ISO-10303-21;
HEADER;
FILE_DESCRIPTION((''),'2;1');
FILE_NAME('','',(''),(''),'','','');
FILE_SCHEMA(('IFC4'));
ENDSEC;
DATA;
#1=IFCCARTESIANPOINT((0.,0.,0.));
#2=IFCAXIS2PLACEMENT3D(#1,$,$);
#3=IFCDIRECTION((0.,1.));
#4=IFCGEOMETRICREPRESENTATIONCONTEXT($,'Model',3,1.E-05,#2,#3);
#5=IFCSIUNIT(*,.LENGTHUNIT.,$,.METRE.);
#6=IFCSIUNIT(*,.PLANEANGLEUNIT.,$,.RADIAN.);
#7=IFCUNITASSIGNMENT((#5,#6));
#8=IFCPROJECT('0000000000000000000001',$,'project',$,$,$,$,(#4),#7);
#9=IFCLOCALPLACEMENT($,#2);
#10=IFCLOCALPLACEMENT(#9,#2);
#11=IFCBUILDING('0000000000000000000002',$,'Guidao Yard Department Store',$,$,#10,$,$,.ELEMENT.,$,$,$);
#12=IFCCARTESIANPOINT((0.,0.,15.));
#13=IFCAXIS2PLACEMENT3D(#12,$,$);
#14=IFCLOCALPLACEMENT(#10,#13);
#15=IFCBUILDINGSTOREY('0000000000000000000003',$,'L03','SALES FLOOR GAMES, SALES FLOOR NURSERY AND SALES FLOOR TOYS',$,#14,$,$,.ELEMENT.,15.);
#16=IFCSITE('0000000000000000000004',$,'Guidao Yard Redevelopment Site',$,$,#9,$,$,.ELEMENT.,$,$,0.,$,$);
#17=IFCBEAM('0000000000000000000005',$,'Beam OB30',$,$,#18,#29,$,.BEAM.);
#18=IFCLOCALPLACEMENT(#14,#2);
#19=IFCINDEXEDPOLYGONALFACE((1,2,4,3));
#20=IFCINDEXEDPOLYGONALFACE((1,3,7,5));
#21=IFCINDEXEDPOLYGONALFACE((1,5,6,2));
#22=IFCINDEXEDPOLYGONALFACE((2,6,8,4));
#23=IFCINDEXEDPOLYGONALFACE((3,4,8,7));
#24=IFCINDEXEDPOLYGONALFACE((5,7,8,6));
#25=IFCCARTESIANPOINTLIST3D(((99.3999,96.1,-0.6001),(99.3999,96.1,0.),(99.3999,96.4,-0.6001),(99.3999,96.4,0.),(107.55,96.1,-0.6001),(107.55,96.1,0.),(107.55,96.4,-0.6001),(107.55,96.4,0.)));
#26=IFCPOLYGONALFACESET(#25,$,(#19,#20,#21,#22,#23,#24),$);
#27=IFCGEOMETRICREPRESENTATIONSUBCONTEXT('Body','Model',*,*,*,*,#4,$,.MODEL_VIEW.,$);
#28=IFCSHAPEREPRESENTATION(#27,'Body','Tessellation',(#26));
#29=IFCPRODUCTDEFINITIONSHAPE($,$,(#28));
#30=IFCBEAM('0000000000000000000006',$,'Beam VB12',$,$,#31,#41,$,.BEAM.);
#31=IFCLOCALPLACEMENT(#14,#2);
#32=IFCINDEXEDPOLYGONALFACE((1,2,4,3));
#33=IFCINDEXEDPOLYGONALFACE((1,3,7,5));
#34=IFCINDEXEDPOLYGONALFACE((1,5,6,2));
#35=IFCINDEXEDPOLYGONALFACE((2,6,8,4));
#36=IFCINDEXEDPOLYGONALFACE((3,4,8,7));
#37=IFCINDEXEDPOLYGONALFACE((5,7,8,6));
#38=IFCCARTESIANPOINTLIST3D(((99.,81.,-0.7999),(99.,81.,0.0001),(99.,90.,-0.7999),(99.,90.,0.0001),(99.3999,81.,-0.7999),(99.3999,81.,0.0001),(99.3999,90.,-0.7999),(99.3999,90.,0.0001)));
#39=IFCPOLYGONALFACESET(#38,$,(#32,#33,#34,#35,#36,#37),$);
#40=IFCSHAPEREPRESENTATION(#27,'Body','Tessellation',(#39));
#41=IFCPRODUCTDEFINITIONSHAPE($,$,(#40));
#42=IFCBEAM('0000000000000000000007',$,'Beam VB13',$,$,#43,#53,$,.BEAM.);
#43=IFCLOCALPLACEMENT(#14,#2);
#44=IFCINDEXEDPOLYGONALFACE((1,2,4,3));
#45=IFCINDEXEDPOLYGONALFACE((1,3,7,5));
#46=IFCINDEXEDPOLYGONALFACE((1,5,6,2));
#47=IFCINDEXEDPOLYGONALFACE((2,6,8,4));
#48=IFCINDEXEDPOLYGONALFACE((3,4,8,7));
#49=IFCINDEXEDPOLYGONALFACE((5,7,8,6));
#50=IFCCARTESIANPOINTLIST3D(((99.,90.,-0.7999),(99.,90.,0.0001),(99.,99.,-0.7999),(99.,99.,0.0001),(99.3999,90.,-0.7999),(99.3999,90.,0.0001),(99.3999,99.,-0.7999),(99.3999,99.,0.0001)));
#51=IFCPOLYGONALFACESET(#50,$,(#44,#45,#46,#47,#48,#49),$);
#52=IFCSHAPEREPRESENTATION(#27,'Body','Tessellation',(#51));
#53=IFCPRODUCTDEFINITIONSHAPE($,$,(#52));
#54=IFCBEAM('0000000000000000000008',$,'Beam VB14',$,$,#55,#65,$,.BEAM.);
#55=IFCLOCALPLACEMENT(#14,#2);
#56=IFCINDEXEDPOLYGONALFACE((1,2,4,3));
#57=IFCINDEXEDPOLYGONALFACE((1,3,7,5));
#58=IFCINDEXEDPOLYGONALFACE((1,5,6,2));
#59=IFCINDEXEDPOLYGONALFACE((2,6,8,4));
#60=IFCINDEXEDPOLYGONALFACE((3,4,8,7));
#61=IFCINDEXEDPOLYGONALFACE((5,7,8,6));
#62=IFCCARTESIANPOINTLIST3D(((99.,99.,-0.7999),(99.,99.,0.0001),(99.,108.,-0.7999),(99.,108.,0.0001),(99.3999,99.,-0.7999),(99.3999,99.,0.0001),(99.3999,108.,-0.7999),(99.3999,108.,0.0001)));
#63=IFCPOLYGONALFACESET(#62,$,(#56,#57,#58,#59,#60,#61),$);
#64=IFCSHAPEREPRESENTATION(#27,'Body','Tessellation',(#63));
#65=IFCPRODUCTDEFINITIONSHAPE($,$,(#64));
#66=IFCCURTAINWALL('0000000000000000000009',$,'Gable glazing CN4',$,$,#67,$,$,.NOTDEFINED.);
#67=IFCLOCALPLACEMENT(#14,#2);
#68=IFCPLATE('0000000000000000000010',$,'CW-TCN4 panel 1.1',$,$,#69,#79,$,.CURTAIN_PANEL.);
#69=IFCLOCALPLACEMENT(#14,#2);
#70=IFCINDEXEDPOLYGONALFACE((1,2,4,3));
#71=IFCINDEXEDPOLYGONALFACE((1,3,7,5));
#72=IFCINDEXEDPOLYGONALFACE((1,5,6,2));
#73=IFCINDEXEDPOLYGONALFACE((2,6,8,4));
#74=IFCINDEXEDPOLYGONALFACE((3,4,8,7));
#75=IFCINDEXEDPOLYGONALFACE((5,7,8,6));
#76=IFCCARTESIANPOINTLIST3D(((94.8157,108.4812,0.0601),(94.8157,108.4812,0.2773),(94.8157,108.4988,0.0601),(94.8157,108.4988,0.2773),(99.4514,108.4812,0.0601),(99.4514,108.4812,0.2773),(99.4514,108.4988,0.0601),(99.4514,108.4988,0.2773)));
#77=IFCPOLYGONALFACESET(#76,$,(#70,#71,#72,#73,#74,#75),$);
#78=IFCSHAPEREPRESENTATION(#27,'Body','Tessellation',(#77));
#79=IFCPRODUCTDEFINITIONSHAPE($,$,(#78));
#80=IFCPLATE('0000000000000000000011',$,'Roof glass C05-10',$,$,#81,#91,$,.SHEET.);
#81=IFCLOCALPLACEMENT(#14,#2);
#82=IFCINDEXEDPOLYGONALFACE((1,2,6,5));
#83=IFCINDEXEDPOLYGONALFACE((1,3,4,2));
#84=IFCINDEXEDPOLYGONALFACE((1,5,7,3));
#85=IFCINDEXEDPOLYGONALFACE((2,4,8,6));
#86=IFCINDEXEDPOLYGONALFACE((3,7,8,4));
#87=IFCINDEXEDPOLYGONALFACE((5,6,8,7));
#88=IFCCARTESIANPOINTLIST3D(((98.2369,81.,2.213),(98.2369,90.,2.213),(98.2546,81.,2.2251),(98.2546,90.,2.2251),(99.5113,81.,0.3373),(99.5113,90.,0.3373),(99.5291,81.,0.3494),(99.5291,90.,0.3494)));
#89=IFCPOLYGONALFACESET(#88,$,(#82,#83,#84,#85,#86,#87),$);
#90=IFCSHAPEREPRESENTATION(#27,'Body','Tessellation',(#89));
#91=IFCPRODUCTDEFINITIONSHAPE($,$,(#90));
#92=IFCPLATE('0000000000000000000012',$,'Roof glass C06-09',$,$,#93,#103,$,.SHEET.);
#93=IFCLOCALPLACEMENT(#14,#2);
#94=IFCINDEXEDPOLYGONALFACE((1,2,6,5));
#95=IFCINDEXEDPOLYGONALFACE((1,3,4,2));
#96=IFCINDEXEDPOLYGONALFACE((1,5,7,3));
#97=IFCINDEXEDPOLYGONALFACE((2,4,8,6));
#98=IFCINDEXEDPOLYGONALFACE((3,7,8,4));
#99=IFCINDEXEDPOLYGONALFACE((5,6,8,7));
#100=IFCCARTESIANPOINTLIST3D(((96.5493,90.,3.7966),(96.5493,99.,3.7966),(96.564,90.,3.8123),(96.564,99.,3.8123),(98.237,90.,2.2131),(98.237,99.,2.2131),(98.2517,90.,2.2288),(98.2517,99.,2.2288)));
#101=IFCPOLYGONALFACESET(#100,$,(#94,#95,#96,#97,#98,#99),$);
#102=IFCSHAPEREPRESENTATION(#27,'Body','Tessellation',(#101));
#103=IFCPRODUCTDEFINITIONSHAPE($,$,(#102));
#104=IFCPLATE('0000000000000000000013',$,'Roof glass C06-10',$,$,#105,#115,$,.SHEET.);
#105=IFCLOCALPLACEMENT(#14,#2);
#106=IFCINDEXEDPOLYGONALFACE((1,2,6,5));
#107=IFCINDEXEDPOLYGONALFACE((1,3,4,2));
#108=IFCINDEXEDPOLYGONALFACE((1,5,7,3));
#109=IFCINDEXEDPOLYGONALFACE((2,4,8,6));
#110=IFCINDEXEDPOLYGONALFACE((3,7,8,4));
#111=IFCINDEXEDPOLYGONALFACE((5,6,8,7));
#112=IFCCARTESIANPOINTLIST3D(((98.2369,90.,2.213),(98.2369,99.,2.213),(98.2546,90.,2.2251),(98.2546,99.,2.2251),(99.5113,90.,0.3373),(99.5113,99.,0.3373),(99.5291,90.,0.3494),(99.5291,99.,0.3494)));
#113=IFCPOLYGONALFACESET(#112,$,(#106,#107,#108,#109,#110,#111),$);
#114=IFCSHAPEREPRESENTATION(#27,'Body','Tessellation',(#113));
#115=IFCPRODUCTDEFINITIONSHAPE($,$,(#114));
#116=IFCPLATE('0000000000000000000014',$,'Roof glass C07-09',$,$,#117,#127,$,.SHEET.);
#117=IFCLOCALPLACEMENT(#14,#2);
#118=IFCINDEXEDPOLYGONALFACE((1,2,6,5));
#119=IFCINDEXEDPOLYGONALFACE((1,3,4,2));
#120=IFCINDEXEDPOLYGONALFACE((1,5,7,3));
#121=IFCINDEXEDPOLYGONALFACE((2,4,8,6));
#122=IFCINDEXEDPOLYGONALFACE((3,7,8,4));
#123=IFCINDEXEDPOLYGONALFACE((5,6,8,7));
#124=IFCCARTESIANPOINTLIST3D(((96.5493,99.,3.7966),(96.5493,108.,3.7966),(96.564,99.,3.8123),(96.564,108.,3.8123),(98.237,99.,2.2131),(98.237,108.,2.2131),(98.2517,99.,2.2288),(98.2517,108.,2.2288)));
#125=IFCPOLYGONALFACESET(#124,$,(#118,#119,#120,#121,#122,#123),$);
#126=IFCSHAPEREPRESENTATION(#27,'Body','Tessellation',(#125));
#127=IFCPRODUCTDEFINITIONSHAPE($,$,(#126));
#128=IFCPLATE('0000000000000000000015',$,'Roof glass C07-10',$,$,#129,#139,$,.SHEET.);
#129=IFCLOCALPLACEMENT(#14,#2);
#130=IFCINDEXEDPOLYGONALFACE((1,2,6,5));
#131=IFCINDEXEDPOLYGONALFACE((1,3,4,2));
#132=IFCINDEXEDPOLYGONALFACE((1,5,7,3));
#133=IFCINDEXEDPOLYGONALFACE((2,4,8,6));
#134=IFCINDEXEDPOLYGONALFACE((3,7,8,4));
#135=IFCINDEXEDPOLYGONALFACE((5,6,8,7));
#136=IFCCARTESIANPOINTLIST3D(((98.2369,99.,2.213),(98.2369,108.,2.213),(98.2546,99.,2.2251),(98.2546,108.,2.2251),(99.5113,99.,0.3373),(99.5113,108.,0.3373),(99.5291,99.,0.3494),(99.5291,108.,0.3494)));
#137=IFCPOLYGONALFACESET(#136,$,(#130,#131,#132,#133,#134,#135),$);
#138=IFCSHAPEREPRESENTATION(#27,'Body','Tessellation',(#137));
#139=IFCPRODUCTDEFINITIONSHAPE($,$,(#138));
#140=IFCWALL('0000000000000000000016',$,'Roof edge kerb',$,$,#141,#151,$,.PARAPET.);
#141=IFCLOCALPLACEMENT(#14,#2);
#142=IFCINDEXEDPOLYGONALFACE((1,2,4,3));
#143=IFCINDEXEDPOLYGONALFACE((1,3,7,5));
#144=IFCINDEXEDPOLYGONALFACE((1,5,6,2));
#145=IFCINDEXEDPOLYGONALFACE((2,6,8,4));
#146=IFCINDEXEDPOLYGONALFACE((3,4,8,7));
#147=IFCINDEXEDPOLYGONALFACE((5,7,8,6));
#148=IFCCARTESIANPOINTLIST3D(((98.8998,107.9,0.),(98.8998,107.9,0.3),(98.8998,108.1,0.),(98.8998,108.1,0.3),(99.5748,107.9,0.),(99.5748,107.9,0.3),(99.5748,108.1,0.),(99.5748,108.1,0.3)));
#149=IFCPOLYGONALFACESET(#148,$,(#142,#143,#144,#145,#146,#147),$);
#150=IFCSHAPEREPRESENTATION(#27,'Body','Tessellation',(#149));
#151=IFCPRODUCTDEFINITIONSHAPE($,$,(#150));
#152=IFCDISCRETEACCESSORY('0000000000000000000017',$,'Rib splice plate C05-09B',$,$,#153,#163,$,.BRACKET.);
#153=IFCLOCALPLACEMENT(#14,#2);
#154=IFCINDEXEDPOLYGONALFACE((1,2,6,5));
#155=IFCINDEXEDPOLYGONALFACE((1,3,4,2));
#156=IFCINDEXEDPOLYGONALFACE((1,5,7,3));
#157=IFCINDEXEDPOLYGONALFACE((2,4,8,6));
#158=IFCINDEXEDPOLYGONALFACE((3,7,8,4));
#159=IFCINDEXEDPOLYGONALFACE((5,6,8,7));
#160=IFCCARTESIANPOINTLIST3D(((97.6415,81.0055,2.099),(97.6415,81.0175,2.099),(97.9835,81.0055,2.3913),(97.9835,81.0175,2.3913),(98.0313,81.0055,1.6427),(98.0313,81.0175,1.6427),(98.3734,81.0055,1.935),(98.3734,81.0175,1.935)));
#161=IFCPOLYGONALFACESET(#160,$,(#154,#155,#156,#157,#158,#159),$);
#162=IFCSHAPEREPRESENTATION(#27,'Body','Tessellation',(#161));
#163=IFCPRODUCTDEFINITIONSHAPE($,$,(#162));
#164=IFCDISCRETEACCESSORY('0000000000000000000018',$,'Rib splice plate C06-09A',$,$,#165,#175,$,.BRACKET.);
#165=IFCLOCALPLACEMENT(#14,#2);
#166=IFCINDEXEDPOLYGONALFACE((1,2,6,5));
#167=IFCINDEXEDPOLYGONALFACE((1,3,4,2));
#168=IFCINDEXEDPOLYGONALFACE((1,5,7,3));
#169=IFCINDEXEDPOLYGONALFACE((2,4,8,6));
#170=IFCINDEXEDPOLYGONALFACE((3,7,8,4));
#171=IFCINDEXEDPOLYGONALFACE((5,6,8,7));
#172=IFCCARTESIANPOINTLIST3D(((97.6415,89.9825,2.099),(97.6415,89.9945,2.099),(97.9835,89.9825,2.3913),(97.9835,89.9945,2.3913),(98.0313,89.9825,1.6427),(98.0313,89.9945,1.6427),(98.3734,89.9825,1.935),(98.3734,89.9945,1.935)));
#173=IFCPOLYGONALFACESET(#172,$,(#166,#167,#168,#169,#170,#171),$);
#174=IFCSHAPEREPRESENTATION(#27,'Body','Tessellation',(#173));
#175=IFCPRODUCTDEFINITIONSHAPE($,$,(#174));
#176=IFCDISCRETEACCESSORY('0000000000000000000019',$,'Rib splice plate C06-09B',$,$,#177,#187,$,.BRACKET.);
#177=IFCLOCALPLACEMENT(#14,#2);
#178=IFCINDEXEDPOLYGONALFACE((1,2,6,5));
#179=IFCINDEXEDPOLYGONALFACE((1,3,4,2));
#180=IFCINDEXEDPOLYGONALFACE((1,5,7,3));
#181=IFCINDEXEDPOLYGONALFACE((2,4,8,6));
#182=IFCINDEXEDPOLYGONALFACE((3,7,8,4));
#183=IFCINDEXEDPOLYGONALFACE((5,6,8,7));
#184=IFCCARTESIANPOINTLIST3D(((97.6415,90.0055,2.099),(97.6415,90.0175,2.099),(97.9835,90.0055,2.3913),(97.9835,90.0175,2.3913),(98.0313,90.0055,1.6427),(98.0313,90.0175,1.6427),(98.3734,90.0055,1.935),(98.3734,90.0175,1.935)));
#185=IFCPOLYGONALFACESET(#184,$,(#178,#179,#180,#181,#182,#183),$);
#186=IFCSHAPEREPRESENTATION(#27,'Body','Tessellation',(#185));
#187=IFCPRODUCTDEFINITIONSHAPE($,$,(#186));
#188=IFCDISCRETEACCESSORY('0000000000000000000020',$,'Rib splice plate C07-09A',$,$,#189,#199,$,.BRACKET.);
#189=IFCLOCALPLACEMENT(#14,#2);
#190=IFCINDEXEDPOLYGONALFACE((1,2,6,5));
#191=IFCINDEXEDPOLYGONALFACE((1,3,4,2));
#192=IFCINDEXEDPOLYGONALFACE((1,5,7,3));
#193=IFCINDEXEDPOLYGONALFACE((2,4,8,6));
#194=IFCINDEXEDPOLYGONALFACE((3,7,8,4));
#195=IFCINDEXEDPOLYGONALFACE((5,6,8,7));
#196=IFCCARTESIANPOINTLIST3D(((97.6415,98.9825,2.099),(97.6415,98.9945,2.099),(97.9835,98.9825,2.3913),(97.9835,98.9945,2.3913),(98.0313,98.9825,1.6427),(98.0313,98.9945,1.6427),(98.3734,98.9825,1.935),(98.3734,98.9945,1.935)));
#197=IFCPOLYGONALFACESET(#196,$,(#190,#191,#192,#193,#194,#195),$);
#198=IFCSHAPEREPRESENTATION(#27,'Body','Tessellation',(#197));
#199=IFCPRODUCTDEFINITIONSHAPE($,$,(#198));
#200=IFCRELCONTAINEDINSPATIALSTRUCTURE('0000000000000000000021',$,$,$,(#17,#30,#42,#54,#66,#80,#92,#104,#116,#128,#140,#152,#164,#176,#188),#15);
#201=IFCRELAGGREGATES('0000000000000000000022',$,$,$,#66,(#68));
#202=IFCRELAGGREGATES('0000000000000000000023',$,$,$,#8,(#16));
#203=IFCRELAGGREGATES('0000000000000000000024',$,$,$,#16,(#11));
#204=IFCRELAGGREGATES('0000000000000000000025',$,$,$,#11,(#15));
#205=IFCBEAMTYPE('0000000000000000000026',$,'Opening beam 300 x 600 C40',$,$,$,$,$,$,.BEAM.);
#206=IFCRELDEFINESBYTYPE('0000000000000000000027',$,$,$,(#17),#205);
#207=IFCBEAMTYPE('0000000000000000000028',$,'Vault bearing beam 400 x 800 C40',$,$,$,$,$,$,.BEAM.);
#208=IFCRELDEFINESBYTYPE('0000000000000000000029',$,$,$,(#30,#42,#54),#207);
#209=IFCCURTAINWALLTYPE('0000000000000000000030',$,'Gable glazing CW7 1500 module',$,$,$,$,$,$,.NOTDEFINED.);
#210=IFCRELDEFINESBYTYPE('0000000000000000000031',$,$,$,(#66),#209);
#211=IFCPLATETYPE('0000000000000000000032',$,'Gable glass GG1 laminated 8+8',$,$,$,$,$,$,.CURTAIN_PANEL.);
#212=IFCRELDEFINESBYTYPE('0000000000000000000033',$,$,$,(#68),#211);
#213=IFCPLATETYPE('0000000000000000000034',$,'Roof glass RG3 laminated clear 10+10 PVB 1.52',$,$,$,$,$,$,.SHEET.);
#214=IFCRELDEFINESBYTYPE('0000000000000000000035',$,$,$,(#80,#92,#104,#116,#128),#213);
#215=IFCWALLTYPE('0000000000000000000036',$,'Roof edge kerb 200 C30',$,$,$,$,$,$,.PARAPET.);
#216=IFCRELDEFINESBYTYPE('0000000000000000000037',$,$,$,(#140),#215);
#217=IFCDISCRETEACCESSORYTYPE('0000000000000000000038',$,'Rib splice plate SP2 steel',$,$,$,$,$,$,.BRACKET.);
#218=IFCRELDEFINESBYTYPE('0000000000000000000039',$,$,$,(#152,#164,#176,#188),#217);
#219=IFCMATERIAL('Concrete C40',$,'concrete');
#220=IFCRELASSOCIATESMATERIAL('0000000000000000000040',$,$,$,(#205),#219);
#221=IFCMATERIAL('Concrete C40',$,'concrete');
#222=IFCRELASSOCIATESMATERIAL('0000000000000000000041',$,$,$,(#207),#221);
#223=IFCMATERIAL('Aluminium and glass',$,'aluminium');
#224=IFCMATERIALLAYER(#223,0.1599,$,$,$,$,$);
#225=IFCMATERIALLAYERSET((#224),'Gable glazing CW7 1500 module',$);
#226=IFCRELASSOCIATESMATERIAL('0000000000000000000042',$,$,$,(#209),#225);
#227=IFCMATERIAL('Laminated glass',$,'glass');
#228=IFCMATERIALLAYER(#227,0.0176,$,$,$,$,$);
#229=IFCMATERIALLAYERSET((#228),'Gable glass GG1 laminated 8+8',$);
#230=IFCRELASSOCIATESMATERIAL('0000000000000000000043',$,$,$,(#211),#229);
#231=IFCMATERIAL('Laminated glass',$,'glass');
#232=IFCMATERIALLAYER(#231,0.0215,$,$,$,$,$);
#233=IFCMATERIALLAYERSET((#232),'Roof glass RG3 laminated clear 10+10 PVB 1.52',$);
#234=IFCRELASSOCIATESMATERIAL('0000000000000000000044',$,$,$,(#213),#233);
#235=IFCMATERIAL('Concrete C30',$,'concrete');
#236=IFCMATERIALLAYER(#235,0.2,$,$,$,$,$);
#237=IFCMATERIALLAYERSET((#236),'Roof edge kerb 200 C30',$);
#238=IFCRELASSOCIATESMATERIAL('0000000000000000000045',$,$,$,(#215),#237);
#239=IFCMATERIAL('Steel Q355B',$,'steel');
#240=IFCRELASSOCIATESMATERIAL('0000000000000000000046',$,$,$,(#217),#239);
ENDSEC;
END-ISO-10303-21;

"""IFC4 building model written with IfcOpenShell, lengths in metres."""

from ifc_helpers import new_model, si_unit, direction, frame, frame_2d, origin, origin_2d, place, context, subcontext, project, spatial, polyline, rectangle, outline, extrude, material, layer, layer_set, material_profile, profile_set, type_object, element, aggregate, save


model = new_model("IFC4")

# Units and contexts
model_context = context("Model", 3, precision=1e-05, world=origin(), true_north=direction((0.0, 1.0)))
body_context = subcontext(model_context, "Body", "Model", "MODEL_VIEW")
ifc_project = project(units=[si_unit("LENGTHUNIT", "METRE"), si_unit("PLANEANGLEUNIT", "RADIAN")], contexts=[model_context])

# Site, building, storey
site_placement = place(None, origin())
site = spatial("IfcSite", under=ifc_project, at=site_placement, Name="Guidao Yard Redevelopment Site", CompositionType="ELEMENT", RefElevation=0.0)
building_placement = place(site_placement, origin())
building = spatial("IfcBuilding", under=site, at=building_placement, Name="Guidao Yard Department Store", CompositionType="ELEMENT")
storey_placement = place(building_placement, frame((0.0, 0.0, 15.0)))
storey = spatial("IfcBuildingStorey", under=building, at=storey_placement, Name="L03", Description="SALES FLOOR GAMES, SALES FLOOR NURSERY AND SALES FLOOR TOYS", CompositionType="ELEMENT", Elevation=15.0)

# Beams
ifc_material_1 = material(Name="Concrete C40", Category="concrete")
ifc_material_profile_1 = material_profile(ifc_material_1, rectangle(XDim=0.3, YDim=0.6001, at=origin_2d()), Name="Opening beam 300 x 600 C40")
ifc_profile_set_1 = profile_set([ifc_material_profile_1], Name="Concrete C40")
beam_type_1 = type_object("IfcBeamType", Name="Opening beam 300 x 600 C40", PredefinedType="BEAM", material=ifc_profile_set_1)
for number, where, z_axis, x_axis, name in (
    (1, (99.3999, 96.25, -0.3), (1.0, 0.0, 0.0), (0.0, 1.0, 0.0), "Beam OB30"),
):
    element("IfcBeam", number, at=place(storey_placement, frame(where, z_axis=z_axis, x_axis=x_axis)), inside=storey, type_object=beam_type_1, Name=name, PredefinedType="BEAM", context=body_context, shape_type="SweptSolid", body=[
        extrude(rectangle(XDim=0.3, YDim=0.6001, at=origin_2d()), origin(), (0.0, 0.0, 1.0), 8.1501),
    ])
ifc_material_2 = material(Name="Concrete C40", Category="concrete")
ifc_material_profile_2 = material_profile(ifc_material_2, rectangle(XDim=0.3999, YDim=0.8, at=origin_2d()), Name="Vault bearing beam 400 x 800 C40")
ifc_profile_set_2 = profile_set([ifc_material_profile_2], Name="Concrete C40")
beam_type_2 = type_object("IfcBeamType", Name="Vault bearing beam 400 x 800 C40", PredefinedType="BEAM", material=ifc_profile_set_2)
for number, where, z_axis, x_axis, name in (
    (2, (99.2, 81.0, -0.3999), (0.0, 1.0, 0.0), (-1.0, 0.0, 0.0), "Beam VB12"),
    (3, (99.2, 90.0, -0.3999), (0.0, 1.0, 0.0), (-1.0, 0.0, 0.0), "Beam VB13"),
    (4, (99.2, 99.0, -0.3999), (0.0, 1.0, 0.0), (-1.0, 0.0, 0.0), "Beam VB14"),
):
    element("IfcBeam", number, at=place(storey_placement, frame(where, z_axis=z_axis, x_axis=x_axis)), inside=storey, type_object=beam_type_2, Name=name, PredefinedType="BEAM", context=body_context, shape_type="SweptSolid", body=[
        extrude(rectangle(XDim=0.3999, YDim=0.8, at=origin_2d()), origin(), (0.0, 0.0, 1.0), 9.0),
    ])

# Curtain wall, plate
ifc_material_3 = material(Name="Aluminium and glass", Category="aluminium")
ifc_layer_1 = layer(ifc_material_3, 0.1599)
ifc_layer_set_1 = layer_set([ifc_layer_1], Name="Gable glazing CW7 1500 module")
curtain_wall_type = type_object("IfcCurtainWallType", Name="Gable glazing CW7 1500 module", PredefinedType="NOTDEFINED", material=ifc_layer_set_1)
curtain_wall_placement = place(storey_placement, origin())
curtain_wall = element("IfcCurtainWall", 5, at=curtain_wall_placement, inside=storey, type_object=curtain_wall_type, Name="Gable glazing CN4", PredefinedType="NOTDEFINED")
ifc_material_4 = material(Name="Laminated glass", Category="glass")
ifc_layer_2 = layer(ifc_material_4, 0.0176)
ifc_layer_set_2 = layer_set([ifc_layer_2], Name="Gable glass GG1 laminated 8+8")
plate_type_1 = type_object("IfcPlateType", Name="Gable glass GG1 laminated 8+8", PredefinedType="CURTAIN_PANEL", material=ifc_layer_set_2)
plate_1_placement = place(storey_placement, frame((97.1335, 108.49, 0.0601), z_axis=(0.0, 0.0, 1.0), x_axis=(1.0, 0.0, 0.0)))
plate_1 = element("IfcPlate", 6, at=plate_1_placement, type_object=plate_type_1, Name="CW-TCN4 panel 1.1", PredefinedType="CURTAIN_PANEL", context=body_context, shape_type="SweptSolid", body=[
    extrude(rectangle(XDim=4.6357, YDim=0.0176, at=origin_2d()), origin(), (0.0, 0.0, 1.0), 0.2173),
])
aggregate(curtain_wall, [plate_1])

# Plates
ifc_material_5 = material(Name="Laminated glass", Category="glass")
ifc_layer_3 = layer(ifc_material_5, 0.0215)
ifc_layer_set_3 = layer_set([ifc_layer_3], Name="Roof glass RG3 laminated clear 10+10 PVB 1.52")
plate_type_2 = type_object("IfcPlateType", Name="Roof glass RG3 laminated clear 10+10 PVB 1.52", PredefinedType="SHEET", material=ifc_layer_set_3)
plate_2_placement = place(storey_placement, frame((98.2546, 81.0, 2.2251), z_axis=(0.827149, 0.0, 0.561983), x_axis=(0.561983, 0.0, -0.827149)))
element("IfcPlate", 7, at=plate_2_placement, inside=storey, type_object=plate_type_2, Name="Roof glass C05-10", PredefinedType="SHEET", context=body_context, shape_type="SweptSolid", body=[
    extrude(outline(polyline([(0.0, 0.0), (2.2677, 0.0), (2.2677, 9.0), (0.0, 9.0), (0.0, 0.0)])), origin(), (0.0, 0.0, -1.0), 0.0215),
])
plate_3_placement = place(storey_placement, frame((96.564, 90.0, 3.8123), z_axis=(0.684225, 0.0, 0.729271), x_axis=(0.729271, 0.0, -0.684225)))
element("IfcPlate", 8, at=plate_3_placement, inside=storey, type_object=plate_type_2, Name="Roof glass C06-09", PredefinedType="SHEET", context=body_context, shape_type="SweptSolid", body=[
    extrude(outline(polyline([(0.0, 0.0), (2.3143, 0.0), (2.3143, 9.0), (0.0, 9.0), (0.0, 0.0)])), origin(), (0.0, 0.0, -1.0), 0.0215),
])
plate_4_placement = place(storey_placement, frame((98.2546, 90.0, 2.2251), z_axis=(0.827149, 0.0, 0.561983), x_axis=(0.561983, 0.0, -0.827149)))
element("IfcPlate", 9, at=plate_4_placement, inside=storey, type_object=plate_type_2, Name="Roof glass C06-10", PredefinedType="SHEET", context=body_context, shape_type="SweptSolid", body=[
    extrude(outline(polyline([(0.0, 0.0), (2.2677, 0.0), (2.2677, 9.0), (0.0, 9.0), (0.0, 0.0)])), origin(), (0.0, 0.0, -1.0), 0.0215),
])
plate_5_placement = place(storey_placement, frame((96.564, 99.0, 3.8123), z_axis=(0.684225, 0.0, 0.729271), x_axis=(0.729271, 0.0, -0.684225)))
element("IfcPlate", 10, at=plate_5_placement, inside=storey, type_object=plate_type_2, Name="Roof glass C07-09", PredefinedType="SHEET", context=body_context, shape_type="SweptSolid", body=[
    extrude(outline(polyline([(0.0, 0.0), (2.3143, 0.0), (2.3143, 9.0), (0.0, 9.0), (0.0, 0.0)])), origin(), (0.0, 0.0, -1.0), 0.0215),
])
plate_6_placement = place(storey_placement, frame((98.2546, 99.0, 2.2251), z_axis=(0.827149, 0.0, 0.561983), x_axis=(0.561983, 0.0, -0.827149)))
element("IfcPlate", 11, at=plate_6_placement, inside=storey, type_object=plate_type_2, Name="Roof glass C07-10", PredefinedType="SHEET", context=body_context, shape_type="SweptSolid", body=[
    extrude(outline(polyline([(0.0, 0.0), (2.2677, 0.0), (2.2677, 9.0), (0.0, 9.0), (0.0, 0.0)])), origin(), (0.0, 0.0, -1.0), 0.0215),
])

# Wall
ifc_material_6 = material(Name="Concrete C30", Category="concrete")
ifc_layer_4 = layer(ifc_material_6, 0.2)
ifc_layer_set_4 = layer_set([ifc_layer_4], Name="Roof edge kerb 200 C30")
wall_type = type_object("IfcWallType", Name="Roof edge kerb 200 C30", PredefinedType="PARAPET", material=ifc_layer_set_4)
wall_placement = place(storey_placement, frame((98.8999, 108.0, 0.0), z_axis=(0.0, 0.0, 1.0), x_axis=(1.0, 0.0, 0.0)))
element("IfcWall", 12, at=wall_placement, inside=storey, type_object=wall_type, Name="Roof edge kerb", PredefinedType="PARAPET", context=body_context, shape_type="SweptSolid", body=[
    extrude(rectangle(XDim=0.675, YDim=0.2, at=frame_2d((0.3374, 0.0))), origin(), (0.0, 0.0, 1.0), 0.3),
])

# Discrete accessories
ifc_material_7 = material(Name="Steel Q355B", Category="steel")
ifc_material_profile_3 = material_profile(ifc_material_7, rectangle(XDim=0.012, YDim=0.45, at=origin_2d()), Name="Splice plate 450x12")
ifc_profile_set_3 = profile_set([ifc_material_profile_3], Name="Steel Q355B")
discrete_accessory_type_1 = type_object("IfcDiscreteAccessoryType", Name="Rib splice plate SP2 steel", PredefinedType="BRACKET", material=ifc_profile_set_3)
for number, where, z_axis, x_axis, name in (
    (13, (97.8125, 81.0115, 2.2451), (0.649618, 0.0, -0.760261), (0.0, 1.0, 0.0), "Rib splice plate C05-09B"),
    (14, (97.8125, 89.9885, 2.2451), (0.649618, 0.0, -0.760261), (0.0, 1.0, 0.0), "Rib splice plate C06-09A"),
    (15, (97.8125, 90.0115, 2.2451), (0.649618, 0.0, -0.760261), (0.0, 1.0, 0.0), "Rib splice plate C06-09B"),
    (16, (97.8125, 98.9885, 2.2451), (0.649618, 0.0, -0.760261), (0.0, 1.0, 0.0), "Rib splice plate C07-09A"),
):
    element("IfcDiscreteAccessory", number, at=place(storey_placement, frame(where, z_axis=z_axis, x_axis=x_axis)), inside=storey, type_object=discrete_accessory_type_1, Name=name, PredefinedType="BRACKET", context=body_context, shape_type="SweptSolid", body=[
        extrude(rectangle(XDim=0.012, YDim=0.45, at=origin_2d()), origin(), (0.0, 0.0, 1.0), 0.6001),
    ])

save(model, "model.ifc")
